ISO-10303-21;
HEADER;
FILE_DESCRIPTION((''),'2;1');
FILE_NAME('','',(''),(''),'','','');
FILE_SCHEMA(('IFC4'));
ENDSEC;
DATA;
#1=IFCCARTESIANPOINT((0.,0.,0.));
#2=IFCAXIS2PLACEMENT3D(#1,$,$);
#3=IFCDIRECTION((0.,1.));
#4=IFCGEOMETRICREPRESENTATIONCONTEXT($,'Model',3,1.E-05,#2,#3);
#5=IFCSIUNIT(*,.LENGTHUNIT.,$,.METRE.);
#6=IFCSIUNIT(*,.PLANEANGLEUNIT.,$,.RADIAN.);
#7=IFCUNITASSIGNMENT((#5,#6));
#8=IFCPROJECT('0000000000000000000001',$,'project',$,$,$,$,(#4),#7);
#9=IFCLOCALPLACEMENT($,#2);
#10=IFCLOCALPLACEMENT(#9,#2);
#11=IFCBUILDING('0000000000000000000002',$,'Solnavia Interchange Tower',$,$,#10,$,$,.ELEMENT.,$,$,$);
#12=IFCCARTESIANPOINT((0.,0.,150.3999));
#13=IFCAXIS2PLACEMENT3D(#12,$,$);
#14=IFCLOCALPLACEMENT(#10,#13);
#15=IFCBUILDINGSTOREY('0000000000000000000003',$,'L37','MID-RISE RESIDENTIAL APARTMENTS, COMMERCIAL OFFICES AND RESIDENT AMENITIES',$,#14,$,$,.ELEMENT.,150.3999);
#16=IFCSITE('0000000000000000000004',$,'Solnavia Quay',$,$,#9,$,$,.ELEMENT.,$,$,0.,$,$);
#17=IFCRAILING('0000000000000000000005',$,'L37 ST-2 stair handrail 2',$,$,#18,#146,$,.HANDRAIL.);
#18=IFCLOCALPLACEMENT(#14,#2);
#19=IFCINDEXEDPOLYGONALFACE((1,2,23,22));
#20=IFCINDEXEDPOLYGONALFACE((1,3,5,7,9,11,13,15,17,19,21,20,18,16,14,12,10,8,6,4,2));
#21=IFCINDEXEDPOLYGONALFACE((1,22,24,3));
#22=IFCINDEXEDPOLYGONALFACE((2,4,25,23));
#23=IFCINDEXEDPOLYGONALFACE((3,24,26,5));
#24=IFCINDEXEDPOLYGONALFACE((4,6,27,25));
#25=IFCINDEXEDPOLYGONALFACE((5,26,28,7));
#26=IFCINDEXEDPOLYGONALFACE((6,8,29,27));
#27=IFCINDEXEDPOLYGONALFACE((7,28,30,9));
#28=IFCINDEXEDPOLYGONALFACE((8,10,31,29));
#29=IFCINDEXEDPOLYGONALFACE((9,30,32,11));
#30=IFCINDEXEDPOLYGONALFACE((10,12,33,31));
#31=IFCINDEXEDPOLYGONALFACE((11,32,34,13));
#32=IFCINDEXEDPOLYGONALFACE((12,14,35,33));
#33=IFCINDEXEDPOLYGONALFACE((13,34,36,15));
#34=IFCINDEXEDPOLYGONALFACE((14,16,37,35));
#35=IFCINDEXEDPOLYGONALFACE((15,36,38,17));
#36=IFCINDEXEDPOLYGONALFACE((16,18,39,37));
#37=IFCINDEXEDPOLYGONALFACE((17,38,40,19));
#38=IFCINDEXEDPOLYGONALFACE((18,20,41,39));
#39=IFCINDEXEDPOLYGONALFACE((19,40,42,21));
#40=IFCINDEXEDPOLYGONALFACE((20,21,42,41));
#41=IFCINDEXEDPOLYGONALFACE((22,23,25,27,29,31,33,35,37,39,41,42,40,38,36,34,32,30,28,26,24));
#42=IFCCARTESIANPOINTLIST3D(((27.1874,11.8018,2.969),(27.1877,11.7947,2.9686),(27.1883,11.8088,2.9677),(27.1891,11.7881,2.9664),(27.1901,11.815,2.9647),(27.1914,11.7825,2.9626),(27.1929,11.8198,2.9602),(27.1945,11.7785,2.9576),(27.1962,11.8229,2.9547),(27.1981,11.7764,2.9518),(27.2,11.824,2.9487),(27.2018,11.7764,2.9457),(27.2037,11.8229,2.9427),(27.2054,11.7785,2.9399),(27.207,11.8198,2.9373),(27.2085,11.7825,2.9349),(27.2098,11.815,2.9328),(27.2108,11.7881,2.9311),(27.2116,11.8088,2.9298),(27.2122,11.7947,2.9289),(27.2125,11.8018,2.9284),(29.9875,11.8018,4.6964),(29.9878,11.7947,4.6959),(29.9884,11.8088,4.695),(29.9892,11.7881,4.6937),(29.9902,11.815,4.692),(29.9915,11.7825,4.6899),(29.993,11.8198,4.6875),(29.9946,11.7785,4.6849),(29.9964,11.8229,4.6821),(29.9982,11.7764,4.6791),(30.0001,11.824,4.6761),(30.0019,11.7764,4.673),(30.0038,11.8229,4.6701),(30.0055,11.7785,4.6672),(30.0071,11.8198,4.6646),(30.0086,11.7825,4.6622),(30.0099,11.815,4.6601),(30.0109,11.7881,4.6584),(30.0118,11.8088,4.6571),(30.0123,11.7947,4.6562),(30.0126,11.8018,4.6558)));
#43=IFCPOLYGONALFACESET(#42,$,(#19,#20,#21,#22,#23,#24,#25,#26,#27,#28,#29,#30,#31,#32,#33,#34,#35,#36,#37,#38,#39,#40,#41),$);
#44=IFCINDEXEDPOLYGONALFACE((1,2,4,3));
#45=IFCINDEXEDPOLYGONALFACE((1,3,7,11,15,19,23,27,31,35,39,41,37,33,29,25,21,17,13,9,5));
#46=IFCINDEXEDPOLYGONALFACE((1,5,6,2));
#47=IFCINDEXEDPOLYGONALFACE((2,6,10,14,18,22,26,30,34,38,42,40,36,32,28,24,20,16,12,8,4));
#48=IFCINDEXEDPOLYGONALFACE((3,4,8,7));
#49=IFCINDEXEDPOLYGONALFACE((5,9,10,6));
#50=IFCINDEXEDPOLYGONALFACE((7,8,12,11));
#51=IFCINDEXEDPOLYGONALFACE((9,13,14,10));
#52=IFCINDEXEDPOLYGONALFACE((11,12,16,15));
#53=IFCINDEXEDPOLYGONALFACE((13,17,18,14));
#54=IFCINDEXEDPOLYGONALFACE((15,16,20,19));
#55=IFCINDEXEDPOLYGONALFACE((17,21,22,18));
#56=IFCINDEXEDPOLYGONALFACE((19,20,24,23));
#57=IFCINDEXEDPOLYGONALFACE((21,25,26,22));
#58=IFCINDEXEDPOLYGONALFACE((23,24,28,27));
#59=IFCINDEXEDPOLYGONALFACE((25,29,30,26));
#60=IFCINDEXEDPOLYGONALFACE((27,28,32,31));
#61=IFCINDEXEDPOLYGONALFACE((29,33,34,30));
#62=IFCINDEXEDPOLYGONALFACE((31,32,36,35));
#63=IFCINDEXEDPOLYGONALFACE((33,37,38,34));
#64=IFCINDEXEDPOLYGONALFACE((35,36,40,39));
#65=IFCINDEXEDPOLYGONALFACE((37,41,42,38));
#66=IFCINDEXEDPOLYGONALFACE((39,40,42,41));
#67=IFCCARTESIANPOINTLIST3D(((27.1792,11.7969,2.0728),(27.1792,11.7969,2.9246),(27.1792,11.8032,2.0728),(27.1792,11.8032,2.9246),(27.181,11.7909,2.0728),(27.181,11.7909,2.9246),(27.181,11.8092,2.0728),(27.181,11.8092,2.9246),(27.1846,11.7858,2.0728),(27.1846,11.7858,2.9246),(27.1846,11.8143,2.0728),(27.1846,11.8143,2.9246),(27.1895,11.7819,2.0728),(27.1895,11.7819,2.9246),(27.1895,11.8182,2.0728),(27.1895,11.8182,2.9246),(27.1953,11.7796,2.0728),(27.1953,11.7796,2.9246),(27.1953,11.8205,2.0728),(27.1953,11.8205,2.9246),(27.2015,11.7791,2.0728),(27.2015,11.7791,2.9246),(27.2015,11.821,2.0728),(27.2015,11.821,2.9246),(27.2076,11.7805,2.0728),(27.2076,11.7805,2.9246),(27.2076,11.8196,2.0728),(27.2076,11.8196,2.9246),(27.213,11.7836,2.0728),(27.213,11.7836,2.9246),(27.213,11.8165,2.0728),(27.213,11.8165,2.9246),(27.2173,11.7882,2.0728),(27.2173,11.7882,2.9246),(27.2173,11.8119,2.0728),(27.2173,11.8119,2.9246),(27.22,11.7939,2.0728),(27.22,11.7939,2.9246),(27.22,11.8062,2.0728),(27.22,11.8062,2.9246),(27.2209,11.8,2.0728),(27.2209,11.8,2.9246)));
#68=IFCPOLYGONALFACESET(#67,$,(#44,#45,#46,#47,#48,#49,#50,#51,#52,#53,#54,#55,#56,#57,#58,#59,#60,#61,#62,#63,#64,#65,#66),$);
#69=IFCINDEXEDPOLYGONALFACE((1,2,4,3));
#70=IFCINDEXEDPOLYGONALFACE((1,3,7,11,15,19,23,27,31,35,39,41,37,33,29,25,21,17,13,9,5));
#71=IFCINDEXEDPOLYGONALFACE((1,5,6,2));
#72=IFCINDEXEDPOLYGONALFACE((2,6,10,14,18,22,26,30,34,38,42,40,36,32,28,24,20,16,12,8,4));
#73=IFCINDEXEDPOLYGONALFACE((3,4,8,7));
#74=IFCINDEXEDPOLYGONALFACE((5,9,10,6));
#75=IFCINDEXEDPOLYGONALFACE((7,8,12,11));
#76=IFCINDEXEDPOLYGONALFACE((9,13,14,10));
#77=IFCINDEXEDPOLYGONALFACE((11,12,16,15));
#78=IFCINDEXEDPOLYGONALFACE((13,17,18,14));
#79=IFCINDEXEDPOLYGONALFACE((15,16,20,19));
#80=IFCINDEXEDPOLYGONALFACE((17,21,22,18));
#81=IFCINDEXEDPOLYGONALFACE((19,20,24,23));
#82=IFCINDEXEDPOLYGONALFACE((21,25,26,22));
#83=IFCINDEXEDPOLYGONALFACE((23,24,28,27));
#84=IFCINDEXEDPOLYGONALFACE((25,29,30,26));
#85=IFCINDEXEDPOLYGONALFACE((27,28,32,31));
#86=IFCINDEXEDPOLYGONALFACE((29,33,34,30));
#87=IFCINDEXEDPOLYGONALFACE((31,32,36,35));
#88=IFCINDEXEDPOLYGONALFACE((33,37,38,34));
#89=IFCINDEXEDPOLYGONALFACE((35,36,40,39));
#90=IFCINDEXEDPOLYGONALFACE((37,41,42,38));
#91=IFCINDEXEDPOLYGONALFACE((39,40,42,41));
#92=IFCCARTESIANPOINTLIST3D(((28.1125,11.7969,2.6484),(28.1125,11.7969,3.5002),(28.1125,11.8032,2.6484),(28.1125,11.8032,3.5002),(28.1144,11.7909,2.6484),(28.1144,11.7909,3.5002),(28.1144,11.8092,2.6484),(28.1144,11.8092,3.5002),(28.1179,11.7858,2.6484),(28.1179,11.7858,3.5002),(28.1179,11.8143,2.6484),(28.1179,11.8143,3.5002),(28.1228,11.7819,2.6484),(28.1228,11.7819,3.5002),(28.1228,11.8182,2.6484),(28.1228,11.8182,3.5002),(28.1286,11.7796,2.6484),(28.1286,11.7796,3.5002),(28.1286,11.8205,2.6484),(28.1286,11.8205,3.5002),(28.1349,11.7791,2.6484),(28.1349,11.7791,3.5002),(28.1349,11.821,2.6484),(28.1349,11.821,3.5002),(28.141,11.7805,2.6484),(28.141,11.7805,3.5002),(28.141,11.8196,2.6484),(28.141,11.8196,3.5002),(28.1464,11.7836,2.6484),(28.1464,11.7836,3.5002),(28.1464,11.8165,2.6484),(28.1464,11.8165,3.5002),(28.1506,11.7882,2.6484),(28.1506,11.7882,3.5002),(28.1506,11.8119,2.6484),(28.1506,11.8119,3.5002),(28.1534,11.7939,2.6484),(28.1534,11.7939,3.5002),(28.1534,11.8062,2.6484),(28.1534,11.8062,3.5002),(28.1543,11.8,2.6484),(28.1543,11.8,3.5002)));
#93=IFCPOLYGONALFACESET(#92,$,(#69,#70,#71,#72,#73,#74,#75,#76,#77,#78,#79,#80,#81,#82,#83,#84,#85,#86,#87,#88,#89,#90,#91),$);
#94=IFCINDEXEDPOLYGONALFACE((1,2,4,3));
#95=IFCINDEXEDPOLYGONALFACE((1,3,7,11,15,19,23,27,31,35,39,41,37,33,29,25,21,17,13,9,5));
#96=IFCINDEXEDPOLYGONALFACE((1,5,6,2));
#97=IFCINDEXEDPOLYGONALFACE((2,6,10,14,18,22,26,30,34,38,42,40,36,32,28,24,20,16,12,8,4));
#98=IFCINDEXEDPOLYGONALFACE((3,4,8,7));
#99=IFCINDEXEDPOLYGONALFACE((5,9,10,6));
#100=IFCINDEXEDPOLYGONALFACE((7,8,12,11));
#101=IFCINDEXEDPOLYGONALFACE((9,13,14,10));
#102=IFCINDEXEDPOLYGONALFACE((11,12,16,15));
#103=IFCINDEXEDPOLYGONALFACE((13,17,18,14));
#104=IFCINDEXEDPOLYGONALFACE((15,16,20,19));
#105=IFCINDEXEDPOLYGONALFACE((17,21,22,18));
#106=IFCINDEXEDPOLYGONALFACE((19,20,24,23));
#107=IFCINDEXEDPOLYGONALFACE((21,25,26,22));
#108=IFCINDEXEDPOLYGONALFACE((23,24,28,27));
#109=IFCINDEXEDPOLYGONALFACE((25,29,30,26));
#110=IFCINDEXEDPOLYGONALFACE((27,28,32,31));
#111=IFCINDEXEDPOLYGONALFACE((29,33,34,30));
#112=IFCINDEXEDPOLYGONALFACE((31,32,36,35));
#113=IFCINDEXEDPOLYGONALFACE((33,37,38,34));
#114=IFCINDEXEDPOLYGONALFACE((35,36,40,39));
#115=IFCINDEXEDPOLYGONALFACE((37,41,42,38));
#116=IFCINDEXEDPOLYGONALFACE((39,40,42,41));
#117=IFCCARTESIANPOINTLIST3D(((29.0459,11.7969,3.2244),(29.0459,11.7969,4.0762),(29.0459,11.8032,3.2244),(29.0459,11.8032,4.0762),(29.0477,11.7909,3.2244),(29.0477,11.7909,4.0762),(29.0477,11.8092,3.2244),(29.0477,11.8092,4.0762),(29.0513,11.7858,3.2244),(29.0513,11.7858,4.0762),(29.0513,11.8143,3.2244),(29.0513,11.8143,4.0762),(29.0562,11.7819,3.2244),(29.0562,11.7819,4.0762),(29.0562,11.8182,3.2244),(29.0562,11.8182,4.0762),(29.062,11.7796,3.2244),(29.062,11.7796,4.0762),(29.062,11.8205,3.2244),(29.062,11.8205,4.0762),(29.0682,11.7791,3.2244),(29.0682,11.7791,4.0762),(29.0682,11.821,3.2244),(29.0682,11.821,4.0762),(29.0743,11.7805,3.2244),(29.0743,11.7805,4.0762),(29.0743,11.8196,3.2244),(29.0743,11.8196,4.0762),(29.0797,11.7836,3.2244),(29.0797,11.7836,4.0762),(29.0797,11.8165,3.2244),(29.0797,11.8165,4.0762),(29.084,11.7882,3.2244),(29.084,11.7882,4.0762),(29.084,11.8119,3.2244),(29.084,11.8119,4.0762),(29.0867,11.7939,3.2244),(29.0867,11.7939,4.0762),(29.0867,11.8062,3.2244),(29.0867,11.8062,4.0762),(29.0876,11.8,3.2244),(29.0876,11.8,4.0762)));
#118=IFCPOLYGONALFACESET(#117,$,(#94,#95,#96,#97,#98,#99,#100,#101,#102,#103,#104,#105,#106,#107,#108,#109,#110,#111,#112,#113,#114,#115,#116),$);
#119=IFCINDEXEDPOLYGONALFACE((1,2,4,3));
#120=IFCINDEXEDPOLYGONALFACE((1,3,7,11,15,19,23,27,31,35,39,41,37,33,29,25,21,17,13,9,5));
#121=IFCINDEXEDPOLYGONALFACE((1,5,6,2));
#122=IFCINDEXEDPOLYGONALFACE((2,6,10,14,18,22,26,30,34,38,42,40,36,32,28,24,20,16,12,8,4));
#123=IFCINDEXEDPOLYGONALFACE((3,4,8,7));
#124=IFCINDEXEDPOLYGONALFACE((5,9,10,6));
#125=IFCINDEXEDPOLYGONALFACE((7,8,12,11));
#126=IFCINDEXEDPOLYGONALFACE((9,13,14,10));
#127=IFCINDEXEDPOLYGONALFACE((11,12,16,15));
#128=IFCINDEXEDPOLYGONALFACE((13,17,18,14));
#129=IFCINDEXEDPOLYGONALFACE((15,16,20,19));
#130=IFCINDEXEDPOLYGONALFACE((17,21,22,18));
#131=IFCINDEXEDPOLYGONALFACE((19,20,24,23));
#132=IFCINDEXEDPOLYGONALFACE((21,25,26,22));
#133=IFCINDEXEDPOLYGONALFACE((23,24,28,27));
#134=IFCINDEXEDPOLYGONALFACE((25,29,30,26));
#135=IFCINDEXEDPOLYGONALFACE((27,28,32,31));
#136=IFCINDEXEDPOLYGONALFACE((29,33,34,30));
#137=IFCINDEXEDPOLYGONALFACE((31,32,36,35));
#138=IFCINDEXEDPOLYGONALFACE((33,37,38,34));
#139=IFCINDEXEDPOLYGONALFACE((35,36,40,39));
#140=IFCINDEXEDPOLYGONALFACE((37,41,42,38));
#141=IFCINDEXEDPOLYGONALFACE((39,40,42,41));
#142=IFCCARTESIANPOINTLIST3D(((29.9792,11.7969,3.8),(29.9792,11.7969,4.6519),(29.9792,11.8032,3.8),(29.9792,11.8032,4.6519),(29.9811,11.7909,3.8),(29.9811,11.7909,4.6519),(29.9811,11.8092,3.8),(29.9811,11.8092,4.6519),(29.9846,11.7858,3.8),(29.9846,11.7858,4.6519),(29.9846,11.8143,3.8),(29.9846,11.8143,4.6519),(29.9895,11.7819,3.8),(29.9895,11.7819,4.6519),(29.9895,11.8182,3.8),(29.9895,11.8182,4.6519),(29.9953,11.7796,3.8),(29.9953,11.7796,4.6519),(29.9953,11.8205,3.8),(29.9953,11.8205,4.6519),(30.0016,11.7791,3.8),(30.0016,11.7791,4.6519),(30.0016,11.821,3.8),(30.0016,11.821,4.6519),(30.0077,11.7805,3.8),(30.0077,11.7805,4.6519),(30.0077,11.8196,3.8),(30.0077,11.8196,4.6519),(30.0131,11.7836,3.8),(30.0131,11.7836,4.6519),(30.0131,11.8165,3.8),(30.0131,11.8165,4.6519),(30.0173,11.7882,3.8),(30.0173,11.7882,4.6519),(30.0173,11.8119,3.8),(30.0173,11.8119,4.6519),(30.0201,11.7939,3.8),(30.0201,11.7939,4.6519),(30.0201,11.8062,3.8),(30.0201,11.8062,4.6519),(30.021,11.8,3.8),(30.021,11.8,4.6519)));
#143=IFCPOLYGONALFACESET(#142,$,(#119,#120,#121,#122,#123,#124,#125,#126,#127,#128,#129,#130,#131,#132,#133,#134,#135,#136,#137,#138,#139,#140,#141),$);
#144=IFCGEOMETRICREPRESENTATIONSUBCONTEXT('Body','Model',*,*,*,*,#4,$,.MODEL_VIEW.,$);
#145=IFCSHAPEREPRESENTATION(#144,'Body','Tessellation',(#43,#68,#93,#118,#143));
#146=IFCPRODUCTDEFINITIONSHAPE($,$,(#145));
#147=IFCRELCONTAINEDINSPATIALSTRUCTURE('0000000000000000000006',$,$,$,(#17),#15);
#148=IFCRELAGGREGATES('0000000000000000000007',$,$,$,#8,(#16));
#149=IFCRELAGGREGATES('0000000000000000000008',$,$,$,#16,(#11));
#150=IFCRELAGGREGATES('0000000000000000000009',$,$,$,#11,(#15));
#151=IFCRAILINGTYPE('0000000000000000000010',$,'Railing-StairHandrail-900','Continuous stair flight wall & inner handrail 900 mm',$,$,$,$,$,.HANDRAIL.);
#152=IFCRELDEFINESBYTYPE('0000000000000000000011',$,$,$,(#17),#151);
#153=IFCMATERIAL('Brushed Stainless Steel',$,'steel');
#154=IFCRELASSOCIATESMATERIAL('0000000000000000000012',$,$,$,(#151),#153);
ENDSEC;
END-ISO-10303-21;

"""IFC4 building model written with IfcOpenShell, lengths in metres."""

from ifc_helpers import new_model, si_unit, direction, frame, origin, origin_2d, place, context, subcontext, project, spatial, circle, extrude, material, type_object, element, save


model = new_model("IFC4")

# Units and contexts
model_context = context("Model", 3, precision=1e-05, world=origin(), true_north=direction((0.0, 1.0)))
body_context = subcontext(model_context, "Body", "Model", "MODEL_VIEW")
ifc_project = project(units=[si_unit("LENGTHUNIT", "METRE"), si_unit("PLANEANGLEUNIT", "RADIAN")], contexts=[model_context])

# Site, building, storey
site_placement = place(None, origin())
site = spatial("IfcSite", under=ifc_project, at=site_placement, Name="Solnavia Quay", CompositionType="ELEMENT", RefElevation=0.0)
building_placement = place(site_placement, origin())
building = spatial("IfcBuilding", under=site, at=building_placement, Name="Solnavia Interchange Tower", CompositionType="ELEMENT")
storey_placement = place(building_placement, frame((0.0, 0.0, 150.3999)))
storey = spatial("IfcBuildingStorey", under=building, at=storey_placement, Name="L37", Description="MID-RISE RESIDENTIAL APARTMENTS, COMMERCIAL OFFICES AND RESIDENT AMENITIES", CompositionType="ELEMENT", Elevation=150.3999)

# Railing
ifc_material_1 = material(Name="Brushed Stainless Steel", Category="steel")
railing_type_1 = type_object("IfcRailingType", Name="Railing-StairHandrail-900", Description="Continuous stair flight wall & inner handrail 900 mm", PredefinedType="HANDRAIL", material=ifc_material_1)
railing_1_placement = place(storey_placement, frame((27.2, 11.8, 2.0728)))
element("IfcRailing", 1, at=railing_1_placement, inside=storey, type_object=railing_type_1, Name="L37 ST-2 stair handrail 2", PredefinedType="HANDRAIL", context=body_context, shape_type="SweptSolid", body=[
    extrude(circle(Radius=0.0239, at=origin_2d()), frame((0.0, 0.0, 0.876), z_axis=(0.85109, 0.0, 0.52502), x_axis=(0.0, 1.0, 0.0)), (0.0, 0.0, 1.0), 3.29),
    extrude(circle(Radius=0.021, at=origin_2d()), origin(), (0.0, 0.0, 1.0), 0.8518),
    extrude(circle(Radius=0.021, at=origin_2d()), frame((0.9333, 0.0, 0.5757)), (0.0, 0.0, 1.0), 0.8518),
    extrude(circle(Radius=0.021, at=origin_2d()), frame((1.8667, 0.0, 1.1516)), (0.0, 0.0, 1.0), 0.8518),
    extrude(circle(Radius=0.021, at=origin_2d()), frame((2.8, 0.0, 1.7273)), (0.0, 0.0, 1.0), 0.8518),
])

save(model, "model.ifc")
